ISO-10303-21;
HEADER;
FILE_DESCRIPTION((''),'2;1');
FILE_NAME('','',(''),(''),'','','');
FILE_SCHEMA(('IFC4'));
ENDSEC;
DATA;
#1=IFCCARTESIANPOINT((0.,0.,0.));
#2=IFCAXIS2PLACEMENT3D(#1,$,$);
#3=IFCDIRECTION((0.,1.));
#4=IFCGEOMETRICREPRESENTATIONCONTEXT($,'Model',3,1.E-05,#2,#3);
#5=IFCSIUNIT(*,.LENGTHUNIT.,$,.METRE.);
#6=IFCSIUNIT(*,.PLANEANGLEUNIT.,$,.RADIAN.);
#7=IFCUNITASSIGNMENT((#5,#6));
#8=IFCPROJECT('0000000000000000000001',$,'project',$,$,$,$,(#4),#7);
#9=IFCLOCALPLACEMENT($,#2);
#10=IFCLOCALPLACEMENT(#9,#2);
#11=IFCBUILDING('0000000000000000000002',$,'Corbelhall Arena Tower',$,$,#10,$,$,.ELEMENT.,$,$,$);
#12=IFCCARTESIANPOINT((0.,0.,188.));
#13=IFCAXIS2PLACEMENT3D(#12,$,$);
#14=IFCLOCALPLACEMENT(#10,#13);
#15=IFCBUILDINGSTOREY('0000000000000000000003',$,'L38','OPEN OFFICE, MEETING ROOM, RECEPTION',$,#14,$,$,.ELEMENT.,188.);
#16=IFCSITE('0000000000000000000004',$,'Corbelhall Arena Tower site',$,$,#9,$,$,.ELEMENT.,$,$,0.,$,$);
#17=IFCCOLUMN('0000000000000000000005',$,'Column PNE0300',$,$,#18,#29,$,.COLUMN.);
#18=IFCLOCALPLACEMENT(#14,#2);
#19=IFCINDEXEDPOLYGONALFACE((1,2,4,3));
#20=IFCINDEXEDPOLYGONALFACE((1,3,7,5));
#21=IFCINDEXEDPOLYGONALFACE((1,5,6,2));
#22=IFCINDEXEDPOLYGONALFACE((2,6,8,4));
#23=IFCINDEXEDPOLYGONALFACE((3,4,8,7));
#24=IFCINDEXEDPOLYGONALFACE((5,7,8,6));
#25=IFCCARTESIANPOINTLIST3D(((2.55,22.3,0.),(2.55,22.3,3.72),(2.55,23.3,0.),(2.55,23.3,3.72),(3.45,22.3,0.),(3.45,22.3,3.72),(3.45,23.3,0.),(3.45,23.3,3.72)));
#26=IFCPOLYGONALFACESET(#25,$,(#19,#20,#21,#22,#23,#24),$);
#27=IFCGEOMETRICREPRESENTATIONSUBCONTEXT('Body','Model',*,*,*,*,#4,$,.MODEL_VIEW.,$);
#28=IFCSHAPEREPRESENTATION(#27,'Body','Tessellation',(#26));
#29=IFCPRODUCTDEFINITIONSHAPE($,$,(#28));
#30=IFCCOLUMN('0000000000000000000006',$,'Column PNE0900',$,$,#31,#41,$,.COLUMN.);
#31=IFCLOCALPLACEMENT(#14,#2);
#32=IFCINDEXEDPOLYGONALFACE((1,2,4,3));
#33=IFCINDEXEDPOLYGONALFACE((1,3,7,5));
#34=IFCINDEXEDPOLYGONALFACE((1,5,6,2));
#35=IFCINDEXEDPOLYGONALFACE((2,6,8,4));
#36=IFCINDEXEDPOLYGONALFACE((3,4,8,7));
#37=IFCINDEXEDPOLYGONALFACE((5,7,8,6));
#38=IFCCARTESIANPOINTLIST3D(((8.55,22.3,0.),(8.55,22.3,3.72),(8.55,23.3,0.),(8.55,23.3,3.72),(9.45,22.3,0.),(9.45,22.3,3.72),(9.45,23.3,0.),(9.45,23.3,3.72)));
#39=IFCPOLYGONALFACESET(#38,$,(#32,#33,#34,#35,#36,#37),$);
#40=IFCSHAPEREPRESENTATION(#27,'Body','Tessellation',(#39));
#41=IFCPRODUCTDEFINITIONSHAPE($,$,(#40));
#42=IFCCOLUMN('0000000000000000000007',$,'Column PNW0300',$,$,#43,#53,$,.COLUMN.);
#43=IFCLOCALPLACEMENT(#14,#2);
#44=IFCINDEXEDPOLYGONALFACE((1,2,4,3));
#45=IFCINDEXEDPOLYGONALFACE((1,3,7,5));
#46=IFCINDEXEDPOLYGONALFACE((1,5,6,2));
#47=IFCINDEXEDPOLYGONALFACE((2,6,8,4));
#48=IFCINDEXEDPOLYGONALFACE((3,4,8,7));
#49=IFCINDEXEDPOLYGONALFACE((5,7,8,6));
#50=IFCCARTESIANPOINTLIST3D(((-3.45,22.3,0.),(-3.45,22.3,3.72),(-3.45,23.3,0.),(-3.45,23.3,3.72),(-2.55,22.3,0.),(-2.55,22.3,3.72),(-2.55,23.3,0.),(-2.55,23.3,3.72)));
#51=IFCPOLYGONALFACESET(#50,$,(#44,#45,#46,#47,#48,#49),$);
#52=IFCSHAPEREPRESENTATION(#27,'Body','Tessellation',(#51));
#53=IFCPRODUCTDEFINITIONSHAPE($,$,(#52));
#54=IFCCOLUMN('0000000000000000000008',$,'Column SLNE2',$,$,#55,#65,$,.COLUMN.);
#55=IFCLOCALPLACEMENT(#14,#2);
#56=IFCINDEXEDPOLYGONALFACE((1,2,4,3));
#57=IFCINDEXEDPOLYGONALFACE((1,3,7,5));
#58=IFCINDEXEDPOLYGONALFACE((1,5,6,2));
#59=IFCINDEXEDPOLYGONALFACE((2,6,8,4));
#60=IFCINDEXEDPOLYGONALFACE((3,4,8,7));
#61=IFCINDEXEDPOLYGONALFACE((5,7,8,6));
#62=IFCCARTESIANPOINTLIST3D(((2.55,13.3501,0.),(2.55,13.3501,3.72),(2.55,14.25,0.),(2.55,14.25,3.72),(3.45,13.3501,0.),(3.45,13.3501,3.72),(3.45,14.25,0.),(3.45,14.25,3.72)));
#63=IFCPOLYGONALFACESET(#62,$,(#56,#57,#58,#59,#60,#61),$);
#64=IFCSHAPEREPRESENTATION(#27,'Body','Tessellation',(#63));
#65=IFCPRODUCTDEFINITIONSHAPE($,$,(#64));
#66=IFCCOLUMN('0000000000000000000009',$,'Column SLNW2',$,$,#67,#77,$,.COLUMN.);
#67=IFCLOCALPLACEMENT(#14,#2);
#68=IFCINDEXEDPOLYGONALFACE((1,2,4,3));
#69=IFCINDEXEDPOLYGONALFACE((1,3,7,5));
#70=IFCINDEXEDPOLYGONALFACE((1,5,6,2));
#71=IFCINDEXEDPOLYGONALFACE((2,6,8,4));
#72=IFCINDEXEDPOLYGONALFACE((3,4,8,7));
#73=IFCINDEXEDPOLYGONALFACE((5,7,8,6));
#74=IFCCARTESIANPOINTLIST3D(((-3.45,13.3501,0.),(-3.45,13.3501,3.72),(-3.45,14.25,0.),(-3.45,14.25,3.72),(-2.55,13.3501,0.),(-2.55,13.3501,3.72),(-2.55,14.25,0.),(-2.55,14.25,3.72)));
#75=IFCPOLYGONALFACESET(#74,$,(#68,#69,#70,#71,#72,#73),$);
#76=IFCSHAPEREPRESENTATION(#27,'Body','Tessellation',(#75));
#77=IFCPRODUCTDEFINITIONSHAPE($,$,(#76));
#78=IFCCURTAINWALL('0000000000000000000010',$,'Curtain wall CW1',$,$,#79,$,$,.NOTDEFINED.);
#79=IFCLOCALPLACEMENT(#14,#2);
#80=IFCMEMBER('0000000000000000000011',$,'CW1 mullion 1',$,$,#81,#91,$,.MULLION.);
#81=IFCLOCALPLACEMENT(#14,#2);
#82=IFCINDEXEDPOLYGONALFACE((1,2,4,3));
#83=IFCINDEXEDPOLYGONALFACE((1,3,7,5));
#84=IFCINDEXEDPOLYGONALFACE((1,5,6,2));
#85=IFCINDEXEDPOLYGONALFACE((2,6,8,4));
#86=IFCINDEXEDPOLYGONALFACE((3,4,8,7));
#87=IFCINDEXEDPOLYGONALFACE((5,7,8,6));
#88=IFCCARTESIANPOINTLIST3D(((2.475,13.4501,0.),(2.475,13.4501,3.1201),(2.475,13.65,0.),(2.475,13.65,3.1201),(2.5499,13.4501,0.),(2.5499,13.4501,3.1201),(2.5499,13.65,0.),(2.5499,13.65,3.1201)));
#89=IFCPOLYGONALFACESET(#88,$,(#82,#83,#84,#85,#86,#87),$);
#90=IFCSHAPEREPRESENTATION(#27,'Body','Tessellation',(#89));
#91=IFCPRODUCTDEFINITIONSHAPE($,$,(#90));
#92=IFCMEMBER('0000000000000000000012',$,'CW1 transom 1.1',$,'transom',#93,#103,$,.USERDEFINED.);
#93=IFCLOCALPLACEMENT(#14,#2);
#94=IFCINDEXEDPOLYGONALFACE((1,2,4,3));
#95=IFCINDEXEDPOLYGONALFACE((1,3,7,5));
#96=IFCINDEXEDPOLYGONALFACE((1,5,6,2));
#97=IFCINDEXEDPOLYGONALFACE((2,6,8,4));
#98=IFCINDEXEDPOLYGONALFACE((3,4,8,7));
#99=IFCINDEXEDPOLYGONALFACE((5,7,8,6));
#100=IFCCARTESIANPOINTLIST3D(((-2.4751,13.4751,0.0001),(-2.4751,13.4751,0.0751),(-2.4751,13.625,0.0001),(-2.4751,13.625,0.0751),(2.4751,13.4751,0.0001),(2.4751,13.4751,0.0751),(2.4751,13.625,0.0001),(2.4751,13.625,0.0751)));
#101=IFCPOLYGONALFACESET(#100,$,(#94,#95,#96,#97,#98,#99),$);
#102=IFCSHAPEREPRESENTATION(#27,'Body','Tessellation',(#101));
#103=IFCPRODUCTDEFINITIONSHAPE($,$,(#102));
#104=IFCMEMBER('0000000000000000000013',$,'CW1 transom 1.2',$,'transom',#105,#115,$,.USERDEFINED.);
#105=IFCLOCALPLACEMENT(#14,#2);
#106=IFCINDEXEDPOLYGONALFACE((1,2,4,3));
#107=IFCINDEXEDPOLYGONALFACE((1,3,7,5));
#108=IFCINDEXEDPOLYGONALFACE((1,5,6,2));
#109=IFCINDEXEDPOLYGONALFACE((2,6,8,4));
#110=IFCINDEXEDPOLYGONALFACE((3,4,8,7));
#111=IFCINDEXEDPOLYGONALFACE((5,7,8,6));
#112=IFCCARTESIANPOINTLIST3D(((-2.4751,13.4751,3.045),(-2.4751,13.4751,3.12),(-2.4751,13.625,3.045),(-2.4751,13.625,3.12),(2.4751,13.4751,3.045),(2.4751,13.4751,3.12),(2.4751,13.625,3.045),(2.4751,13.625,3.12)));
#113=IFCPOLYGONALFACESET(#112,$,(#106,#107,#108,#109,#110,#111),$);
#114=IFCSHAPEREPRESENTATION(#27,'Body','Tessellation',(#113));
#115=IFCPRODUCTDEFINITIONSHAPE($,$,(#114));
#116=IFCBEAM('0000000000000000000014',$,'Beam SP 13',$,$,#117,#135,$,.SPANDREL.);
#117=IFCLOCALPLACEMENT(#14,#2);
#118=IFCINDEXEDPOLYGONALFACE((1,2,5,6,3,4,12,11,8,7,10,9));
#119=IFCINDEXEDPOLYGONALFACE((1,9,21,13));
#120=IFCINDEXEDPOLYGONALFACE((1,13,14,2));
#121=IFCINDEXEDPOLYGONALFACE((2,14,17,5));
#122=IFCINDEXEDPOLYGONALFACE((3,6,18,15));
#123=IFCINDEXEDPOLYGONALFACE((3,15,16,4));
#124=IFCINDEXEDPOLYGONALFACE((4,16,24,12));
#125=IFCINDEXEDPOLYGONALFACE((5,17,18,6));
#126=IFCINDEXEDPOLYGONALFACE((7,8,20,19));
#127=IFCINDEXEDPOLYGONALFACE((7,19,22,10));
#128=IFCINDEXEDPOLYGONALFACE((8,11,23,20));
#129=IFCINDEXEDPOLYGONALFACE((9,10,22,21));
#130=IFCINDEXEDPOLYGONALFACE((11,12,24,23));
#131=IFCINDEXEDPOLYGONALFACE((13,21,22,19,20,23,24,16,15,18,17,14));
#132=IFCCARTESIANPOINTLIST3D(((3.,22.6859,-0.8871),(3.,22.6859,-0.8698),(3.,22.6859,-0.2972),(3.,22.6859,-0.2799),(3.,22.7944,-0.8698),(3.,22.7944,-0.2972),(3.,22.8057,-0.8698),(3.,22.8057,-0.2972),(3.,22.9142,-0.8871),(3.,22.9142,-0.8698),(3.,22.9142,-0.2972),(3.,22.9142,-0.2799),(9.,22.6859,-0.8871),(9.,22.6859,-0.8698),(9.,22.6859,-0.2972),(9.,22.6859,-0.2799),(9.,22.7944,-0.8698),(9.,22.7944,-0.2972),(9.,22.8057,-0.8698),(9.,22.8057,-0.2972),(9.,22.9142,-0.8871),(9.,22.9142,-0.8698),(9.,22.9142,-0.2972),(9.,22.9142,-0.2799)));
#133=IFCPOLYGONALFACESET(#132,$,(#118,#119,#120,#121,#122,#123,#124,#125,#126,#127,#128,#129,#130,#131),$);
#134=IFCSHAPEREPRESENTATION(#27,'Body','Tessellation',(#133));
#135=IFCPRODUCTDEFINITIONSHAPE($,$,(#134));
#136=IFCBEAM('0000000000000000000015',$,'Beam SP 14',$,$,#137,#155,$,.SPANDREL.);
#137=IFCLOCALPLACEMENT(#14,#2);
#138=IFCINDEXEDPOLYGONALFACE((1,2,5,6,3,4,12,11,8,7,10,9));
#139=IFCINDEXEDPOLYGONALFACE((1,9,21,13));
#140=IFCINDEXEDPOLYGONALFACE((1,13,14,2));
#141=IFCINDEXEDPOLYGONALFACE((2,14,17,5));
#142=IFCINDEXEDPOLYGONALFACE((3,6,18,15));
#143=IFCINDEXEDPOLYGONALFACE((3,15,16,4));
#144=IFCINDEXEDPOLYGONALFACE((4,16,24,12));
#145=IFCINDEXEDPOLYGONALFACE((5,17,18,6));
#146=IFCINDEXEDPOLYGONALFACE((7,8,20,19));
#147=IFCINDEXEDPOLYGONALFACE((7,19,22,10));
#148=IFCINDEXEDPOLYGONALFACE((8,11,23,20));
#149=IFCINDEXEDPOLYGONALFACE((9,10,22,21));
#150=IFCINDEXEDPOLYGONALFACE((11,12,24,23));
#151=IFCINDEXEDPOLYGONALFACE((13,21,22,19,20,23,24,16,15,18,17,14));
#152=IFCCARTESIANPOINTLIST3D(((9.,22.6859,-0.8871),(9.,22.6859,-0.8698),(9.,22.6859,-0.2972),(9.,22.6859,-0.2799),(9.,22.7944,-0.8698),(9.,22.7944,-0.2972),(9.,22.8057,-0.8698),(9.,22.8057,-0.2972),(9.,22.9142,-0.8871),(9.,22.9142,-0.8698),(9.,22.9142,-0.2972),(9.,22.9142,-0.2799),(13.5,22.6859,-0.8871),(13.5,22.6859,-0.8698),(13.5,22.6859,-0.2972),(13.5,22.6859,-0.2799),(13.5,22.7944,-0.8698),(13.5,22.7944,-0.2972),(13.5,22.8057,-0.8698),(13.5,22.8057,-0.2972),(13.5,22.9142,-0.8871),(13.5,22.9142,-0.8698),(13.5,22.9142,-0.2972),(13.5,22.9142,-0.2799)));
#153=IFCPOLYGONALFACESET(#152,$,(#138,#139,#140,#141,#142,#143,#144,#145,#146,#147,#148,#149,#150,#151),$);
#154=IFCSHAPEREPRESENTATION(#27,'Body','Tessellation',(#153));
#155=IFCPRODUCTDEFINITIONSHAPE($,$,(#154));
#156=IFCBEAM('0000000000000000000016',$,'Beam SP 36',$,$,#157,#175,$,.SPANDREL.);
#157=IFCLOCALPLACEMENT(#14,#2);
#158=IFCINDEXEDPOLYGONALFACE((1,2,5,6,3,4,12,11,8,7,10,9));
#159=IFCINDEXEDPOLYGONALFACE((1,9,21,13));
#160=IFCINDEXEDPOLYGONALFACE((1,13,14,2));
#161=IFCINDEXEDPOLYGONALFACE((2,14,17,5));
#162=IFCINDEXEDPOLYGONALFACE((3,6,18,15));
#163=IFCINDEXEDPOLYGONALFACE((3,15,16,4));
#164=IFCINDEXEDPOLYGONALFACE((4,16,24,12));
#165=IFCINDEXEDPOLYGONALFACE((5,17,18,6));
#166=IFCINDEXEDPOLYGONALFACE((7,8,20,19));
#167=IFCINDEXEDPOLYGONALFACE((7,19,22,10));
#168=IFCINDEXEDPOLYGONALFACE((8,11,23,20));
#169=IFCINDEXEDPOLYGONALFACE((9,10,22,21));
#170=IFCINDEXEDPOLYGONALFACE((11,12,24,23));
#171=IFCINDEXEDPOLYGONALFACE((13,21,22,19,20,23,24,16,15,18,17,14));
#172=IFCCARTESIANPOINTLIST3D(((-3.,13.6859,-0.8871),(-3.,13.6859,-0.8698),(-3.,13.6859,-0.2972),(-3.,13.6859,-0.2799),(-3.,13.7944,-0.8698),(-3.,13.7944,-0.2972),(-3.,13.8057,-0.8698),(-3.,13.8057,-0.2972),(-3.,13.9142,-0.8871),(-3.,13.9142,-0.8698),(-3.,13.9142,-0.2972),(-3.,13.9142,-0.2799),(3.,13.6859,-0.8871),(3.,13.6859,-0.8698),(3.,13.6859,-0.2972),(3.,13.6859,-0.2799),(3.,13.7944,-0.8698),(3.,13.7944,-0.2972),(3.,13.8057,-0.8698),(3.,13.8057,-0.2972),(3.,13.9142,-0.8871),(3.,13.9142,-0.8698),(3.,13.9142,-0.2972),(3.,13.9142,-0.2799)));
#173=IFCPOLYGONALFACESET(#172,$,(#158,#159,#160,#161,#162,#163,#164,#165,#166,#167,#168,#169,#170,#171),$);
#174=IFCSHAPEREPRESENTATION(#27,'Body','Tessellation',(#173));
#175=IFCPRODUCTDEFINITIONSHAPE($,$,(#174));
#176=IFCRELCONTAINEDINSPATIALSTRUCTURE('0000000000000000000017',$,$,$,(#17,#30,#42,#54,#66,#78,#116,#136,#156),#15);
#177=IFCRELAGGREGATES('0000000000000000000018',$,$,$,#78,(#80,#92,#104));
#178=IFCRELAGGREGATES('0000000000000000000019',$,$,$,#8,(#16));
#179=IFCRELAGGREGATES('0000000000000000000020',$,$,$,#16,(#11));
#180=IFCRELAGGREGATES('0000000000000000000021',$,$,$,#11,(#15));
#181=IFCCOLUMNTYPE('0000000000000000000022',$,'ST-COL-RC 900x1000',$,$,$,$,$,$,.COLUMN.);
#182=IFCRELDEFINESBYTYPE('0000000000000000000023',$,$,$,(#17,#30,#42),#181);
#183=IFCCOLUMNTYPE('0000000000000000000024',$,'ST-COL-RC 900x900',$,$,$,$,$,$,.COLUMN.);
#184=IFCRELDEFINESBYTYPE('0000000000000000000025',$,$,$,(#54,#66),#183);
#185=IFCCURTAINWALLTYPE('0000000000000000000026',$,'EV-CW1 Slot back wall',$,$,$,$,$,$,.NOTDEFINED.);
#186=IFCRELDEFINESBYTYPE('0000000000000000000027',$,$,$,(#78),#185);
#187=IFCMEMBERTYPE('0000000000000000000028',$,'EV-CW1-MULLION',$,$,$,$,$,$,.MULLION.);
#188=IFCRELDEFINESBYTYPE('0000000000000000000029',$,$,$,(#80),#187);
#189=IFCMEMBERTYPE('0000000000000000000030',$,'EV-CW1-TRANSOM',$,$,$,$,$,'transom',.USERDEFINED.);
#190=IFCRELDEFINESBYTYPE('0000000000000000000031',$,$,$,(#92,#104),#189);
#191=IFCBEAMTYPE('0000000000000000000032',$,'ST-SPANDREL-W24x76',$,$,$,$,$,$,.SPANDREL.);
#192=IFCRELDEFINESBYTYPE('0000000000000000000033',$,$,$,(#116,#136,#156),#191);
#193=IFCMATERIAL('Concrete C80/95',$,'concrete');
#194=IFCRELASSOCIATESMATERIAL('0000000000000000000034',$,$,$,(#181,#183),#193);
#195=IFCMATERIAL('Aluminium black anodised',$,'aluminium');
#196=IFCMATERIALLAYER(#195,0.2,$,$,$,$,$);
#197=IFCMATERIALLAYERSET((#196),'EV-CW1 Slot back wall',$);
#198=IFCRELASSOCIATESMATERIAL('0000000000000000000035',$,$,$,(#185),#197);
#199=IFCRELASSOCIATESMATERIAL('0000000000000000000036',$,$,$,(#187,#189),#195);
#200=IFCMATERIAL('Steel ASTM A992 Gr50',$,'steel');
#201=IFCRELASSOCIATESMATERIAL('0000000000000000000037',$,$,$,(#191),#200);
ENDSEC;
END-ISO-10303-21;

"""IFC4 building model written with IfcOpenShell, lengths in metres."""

from ifc_helpers import new_model, si_unit, direction, frame, origin, origin_2d, place, context, subcontext, project, spatial, rectangle, i_section, extrude, material, layer, layer_set, material_profile, profile_set, type_object, element, aggregate, save


model = new_model("IFC4")

# Units and contexts
model_context = context("Model", 3, precision=1e-05, world=origin(), true_north=direction((0.0, 1.0)))
body_context = subcontext(model_context, "Body", "Model", "MODEL_VIEW")
ifc_project = project(units=[si_unit("LENGTHUNIT", "METRE"), si_unit("PLANEANGLEUNIT", "RADIAN")], contexts=[model_context])

# Site, building, storey
site_placement = place(None, origin())
site = spatial("IfcSite", under=ifc_project, at=site_placement, Name="Corbelhall Arena Tower site", CompositionType="ELEMENT", RefElevation=0.0)
building_placement = place(site_placement, origin())
building = spatial("IfcBuilding", under=site, at=building_placement, Name="Corbelhall Arena Tower", CompositionType="ELEMENT")
storey_placement = place(building_placement, frame((0.0, 0.0, 188.0)))
storey = spatial("IfcBuildingStorey", under=building, at=storey_placement, Name="L38", Description="OPEN OFFICE, MEETING ROOM, RECEPTION", CompositionType="ELEMENT", Elevation=188.0)

# Columns
ifc_material_1 = material(Name="Concrete C80/95", Category="concrete")
ifc_material_profile_1 = material_profile(ifc_material_1, rectangle(XDim=0.8999, YDim=1.0, at=origin_2d()))
ifc_profile_set_1 = profile_set([ifc_material_profile_1], Name="Concrete C80/95")
column_type_1 = type_object("IfcColumnType", Name="ST-COL-RC 900x1000", PredefinedType="COLUMN", material=ifc_profile_set_1)
for number, where, z_axis, x_axis, name in (
    (1, (3.0, 22.8, 0.0), (0.0, 0.0, 1.0), (1.0, 0.0, 0.0), "Column PNE0300"),
    (2, (9.0, 22.8, 0.0), (0.0, 0.0, 1.0), (1.0, 0.0, 0.0), "Column PNE0900"),
    (3, (-3.0, 22.8, 0.0), (0.0, 0.0, 1.0), (1.0, 0.0, 0.0), "Column PNW0300"),
):
    element("IfcColumn", number, at=place(storey_placement, frame(where, z_axis=z_axis, x_axis=x_axis)), inside=storey, type_object=column_type_1, Name=name, PredefinedType="COLUMN", context=body_context, shape_type="SweptSolid", body=[
        extrude(rectangle(XDim=0.8999, YDim=1.0, at=origin_2d()), origin(), (0.0, 0.0, 1.0), 3.72),
    ])
ifc_material_profile_2 = material_profile(ifc_material_1, rectangle(XDim=0.8999, YDim=0.8999, at=origin_2d()))
ifc_profile_set_2 = profile_set([ifc_material_profile_2], Name="Concrete C80/95")
column_type_2 = type_object("IfcColumnType", Name="ST-COL-RC 900x900", PredefinedType="COLUMN", material=ifc_profile_set_2)
for number, where, z_axis, x_axis, name in (
    (4, (3.0, 13.8, 0.0), (0.0, 0.0, 1.0), (1.0, 0.0, 0.0), "Column SLNE2"),
    (5, (-3.0, 13.8, 0.0), (0.0, 0.0, 1.0), (1.0, 0.0, 0.0), "Column SLNW2"),
):
    element("IfcColumn", number, at=place(storey_placement, frame(where, z_axis=z_axis, x_axis=x_axis)), inside=storey, type_object=column_type_2, Name=name, PredefinedType="COLUMN", context=body_context, shape_type="SweptSolid", body=[
        extrude(rectangle(XDim=0.8999, YDim=0.8999, at=origin_2d()), origin(), (0.0, 0.0, 1.0), 3.72),
    ])

# Curtain wall, members
ifc_material_2 = material(Name="Aluminium black anodised", Category="aluminium")
ifc_layer_1 = layer(ifc_material_2, 0.2)
ifc_layer_set_1 = layer_set([ifc_layer_1], Name="EV-CW1 Slot back wall")
curtain_wall_type = type_object("IfcCurtainWallType", Name="EV-CW1 Slot back wall", PredefinedType="NOTDEFINED", material=ifc_layer_set_1)
curtain_wall_placement = place(storey_placement, origin())
curtain_wall = element("IfcCurtainWall", 6, at=curtain_wall_placement, inside=storey, type_object=curtain_wall_type, Name="Curtain wall CW1", PredefinedType="NOTDEFINED")
ifc_material_profile_3 = material_profile(ifc_material_2, rectangle(XDim=0.2, YDim=0.075, at=origin_2d()))
ifc_profile_set_3 = profile_set([ifc_material_profile_3], Name="Aluminium black anodised")
member_type_1 = type_object("IfcMemberType", Name="EV-CW1-MULLION", PredefinedType="MULLION", material=ifc_profile_set_3)
member_1_placement = place(storey_placement, frame((2.5125, 13.55, 0.0), z_axis=(0.0, 0.0, 1.0), x_axis=(0.0, -1.0, 0.0)))
member_1 = element("IfcMember", 7, at=member_1_placement, type_object=member_type_1, Name="CW1 mullion 1", PredefinedType="MULLION", context=body_context, shape_type="SweptSolid", body=[
    extrude(rectangle(XDim=0.2, YDim=0.075, at=origin_2d()), origin(), (0.0, 0.0, 1.0), 3.1201),
])
ifc_material_profile_4 = material_profile(ifc_material_2, rectangle(XDim=0.1499, YDim=0.075, at=origin_2d()))
ifc_profile_set_4 = profile_set([ifc_material_profile_4], Name="Aluminium black anodised")
member_type_2 = type_object("IfcMemberType", Name="EV-CW1-TRANSOM", ElementType="transom", PredefinedType="USERDEFINED", material=ifc_profile_set_4)
member_2_placement = place(storey_placement, frame((2.4751, 13.55, 0.0376), z_axis=(-1.0, 0.0, 0.0), x_axis=(0.0, -1.0, 0.0)))
member_2 = element("IfcMember", 8, at=member_2_placement, type_object=member_type_2, Name="CW1 transom 1.1", ObjectType="transom", PredefinedType="USERDEFINED", context=body_context, shape_type="SweptSolid", body=[
    extrude(rectangle(XDim=0.1499, YDim=0.075, at=origin_2d()), origin(), (0.0, 0.0, 1.0), 4.9502),
])
member_3_placement = place(storey_placement, frame((2.4751, 13.55, 3.0825), z_axis=(-1.0, 0.0, 0.0), x_axis=(0.0, -1.0, 0.0)))
member_3 = element("IfcMember", 9, at=member_3_placement, type_object=member_type_2, Name="CW1 transom 1.2", ObjectType="transom", PredefinedType="USERDEFINED", context=body_context, shape_type="SweptSolid", body=[
    extrude(rectangle(XDim=0.1499, YDim=0.075, at=origin_2d()), origin(), (0.0, 0.0, 1.0), 4.9502),
])

# Beams
ifc_material_3 = material(Name="Steel ASTM A992 Gr50", Category="steel")
ifc_material_profile_5 = material_profile(ifc_material_3, i_section(OverallWidth=0.2283, OverallDepth=0.6072, WebThickness=0.0112, FlangeThickness=0.0173, at=origin_2d()))
ifc_profile_set_5 = profile_set([ifc_material_profile_5], Name="Steel ASTM A992 Gr50")
beam_type_1 = type_object("IfcBeamType", Name="ST-SPANDREL-W24x76", PredefinedType="SPANDREL", material=ifc_profile_set_5)
beam_1_placement = place(storey_placement, frame((3.0, 22.8, -0.5835), z_axis=(1.0, 0.0, 0.0), x_axis=(0.0, 1.0, 0.0)))
element("IfcBeam", 10, at=beam_1_placement, inside=storey, type_object=beam_type_1, Name="Beam SP 13", PredefinedType="SPANDREL", context=body_context, shape_type="SweptSolid", body=[
    extrude(i_section(OverallWidth=0.2283, OverallDepth=0.6072, WebThickness=0.0112, FlangeThickness=0.0173, at=origin_2d()), origin(), (0.0, 0.0, 1.0), 6.0),
])
beam_2_placement = place(storey_placement, frame((9.0, 22.8, -0.5835), z_axis=(1.0, 0.0, 0.0), x_axis=(0.0, 1.0, 0.0)))
element("IfcBeam", 11, at=beam_2_placement, inside=storey, type_object=beam_type_1, Name="Beam SP 14", PredefinedType="SPANDREL", context=body_context, shape_type="SweptSolid", body=[
    extrude(i_section(OverallWidth=0.2283, OverallDepth=0.6072, WebThickness=0.0112, FlangeThickness=0.0173, at=origin_2d()), origin(), (0.0, 0.0, 1.0), 4.5),
])
beam_3_placement = place(storey_placement, frame((-3.0, 13.8, -0.5835), z_axis=(1.0, 0.0, 0.0), x_axis=(0.0, 1.0, 0.0)))
element("IfcBeam", 12, at=beam_3_placement, inside=storey, type_object=beam_type_1, Name="Beam SP 36", PredefinedType="SPANDREL", context=body_context, shape_type="SweptSolid", body=[
    extrude(i_section(OverallWidth=0.2283, OverallDepth=0.6072, WebThickness=0.0112, FlangeThickness=0.0173, at=origin_2d()), origin(), (0.0, 0.0, 1.0), 6.0),
])

aggregate(curtain_wall, [member_1, member_2, member_3])

save(model, "model.ifc")
